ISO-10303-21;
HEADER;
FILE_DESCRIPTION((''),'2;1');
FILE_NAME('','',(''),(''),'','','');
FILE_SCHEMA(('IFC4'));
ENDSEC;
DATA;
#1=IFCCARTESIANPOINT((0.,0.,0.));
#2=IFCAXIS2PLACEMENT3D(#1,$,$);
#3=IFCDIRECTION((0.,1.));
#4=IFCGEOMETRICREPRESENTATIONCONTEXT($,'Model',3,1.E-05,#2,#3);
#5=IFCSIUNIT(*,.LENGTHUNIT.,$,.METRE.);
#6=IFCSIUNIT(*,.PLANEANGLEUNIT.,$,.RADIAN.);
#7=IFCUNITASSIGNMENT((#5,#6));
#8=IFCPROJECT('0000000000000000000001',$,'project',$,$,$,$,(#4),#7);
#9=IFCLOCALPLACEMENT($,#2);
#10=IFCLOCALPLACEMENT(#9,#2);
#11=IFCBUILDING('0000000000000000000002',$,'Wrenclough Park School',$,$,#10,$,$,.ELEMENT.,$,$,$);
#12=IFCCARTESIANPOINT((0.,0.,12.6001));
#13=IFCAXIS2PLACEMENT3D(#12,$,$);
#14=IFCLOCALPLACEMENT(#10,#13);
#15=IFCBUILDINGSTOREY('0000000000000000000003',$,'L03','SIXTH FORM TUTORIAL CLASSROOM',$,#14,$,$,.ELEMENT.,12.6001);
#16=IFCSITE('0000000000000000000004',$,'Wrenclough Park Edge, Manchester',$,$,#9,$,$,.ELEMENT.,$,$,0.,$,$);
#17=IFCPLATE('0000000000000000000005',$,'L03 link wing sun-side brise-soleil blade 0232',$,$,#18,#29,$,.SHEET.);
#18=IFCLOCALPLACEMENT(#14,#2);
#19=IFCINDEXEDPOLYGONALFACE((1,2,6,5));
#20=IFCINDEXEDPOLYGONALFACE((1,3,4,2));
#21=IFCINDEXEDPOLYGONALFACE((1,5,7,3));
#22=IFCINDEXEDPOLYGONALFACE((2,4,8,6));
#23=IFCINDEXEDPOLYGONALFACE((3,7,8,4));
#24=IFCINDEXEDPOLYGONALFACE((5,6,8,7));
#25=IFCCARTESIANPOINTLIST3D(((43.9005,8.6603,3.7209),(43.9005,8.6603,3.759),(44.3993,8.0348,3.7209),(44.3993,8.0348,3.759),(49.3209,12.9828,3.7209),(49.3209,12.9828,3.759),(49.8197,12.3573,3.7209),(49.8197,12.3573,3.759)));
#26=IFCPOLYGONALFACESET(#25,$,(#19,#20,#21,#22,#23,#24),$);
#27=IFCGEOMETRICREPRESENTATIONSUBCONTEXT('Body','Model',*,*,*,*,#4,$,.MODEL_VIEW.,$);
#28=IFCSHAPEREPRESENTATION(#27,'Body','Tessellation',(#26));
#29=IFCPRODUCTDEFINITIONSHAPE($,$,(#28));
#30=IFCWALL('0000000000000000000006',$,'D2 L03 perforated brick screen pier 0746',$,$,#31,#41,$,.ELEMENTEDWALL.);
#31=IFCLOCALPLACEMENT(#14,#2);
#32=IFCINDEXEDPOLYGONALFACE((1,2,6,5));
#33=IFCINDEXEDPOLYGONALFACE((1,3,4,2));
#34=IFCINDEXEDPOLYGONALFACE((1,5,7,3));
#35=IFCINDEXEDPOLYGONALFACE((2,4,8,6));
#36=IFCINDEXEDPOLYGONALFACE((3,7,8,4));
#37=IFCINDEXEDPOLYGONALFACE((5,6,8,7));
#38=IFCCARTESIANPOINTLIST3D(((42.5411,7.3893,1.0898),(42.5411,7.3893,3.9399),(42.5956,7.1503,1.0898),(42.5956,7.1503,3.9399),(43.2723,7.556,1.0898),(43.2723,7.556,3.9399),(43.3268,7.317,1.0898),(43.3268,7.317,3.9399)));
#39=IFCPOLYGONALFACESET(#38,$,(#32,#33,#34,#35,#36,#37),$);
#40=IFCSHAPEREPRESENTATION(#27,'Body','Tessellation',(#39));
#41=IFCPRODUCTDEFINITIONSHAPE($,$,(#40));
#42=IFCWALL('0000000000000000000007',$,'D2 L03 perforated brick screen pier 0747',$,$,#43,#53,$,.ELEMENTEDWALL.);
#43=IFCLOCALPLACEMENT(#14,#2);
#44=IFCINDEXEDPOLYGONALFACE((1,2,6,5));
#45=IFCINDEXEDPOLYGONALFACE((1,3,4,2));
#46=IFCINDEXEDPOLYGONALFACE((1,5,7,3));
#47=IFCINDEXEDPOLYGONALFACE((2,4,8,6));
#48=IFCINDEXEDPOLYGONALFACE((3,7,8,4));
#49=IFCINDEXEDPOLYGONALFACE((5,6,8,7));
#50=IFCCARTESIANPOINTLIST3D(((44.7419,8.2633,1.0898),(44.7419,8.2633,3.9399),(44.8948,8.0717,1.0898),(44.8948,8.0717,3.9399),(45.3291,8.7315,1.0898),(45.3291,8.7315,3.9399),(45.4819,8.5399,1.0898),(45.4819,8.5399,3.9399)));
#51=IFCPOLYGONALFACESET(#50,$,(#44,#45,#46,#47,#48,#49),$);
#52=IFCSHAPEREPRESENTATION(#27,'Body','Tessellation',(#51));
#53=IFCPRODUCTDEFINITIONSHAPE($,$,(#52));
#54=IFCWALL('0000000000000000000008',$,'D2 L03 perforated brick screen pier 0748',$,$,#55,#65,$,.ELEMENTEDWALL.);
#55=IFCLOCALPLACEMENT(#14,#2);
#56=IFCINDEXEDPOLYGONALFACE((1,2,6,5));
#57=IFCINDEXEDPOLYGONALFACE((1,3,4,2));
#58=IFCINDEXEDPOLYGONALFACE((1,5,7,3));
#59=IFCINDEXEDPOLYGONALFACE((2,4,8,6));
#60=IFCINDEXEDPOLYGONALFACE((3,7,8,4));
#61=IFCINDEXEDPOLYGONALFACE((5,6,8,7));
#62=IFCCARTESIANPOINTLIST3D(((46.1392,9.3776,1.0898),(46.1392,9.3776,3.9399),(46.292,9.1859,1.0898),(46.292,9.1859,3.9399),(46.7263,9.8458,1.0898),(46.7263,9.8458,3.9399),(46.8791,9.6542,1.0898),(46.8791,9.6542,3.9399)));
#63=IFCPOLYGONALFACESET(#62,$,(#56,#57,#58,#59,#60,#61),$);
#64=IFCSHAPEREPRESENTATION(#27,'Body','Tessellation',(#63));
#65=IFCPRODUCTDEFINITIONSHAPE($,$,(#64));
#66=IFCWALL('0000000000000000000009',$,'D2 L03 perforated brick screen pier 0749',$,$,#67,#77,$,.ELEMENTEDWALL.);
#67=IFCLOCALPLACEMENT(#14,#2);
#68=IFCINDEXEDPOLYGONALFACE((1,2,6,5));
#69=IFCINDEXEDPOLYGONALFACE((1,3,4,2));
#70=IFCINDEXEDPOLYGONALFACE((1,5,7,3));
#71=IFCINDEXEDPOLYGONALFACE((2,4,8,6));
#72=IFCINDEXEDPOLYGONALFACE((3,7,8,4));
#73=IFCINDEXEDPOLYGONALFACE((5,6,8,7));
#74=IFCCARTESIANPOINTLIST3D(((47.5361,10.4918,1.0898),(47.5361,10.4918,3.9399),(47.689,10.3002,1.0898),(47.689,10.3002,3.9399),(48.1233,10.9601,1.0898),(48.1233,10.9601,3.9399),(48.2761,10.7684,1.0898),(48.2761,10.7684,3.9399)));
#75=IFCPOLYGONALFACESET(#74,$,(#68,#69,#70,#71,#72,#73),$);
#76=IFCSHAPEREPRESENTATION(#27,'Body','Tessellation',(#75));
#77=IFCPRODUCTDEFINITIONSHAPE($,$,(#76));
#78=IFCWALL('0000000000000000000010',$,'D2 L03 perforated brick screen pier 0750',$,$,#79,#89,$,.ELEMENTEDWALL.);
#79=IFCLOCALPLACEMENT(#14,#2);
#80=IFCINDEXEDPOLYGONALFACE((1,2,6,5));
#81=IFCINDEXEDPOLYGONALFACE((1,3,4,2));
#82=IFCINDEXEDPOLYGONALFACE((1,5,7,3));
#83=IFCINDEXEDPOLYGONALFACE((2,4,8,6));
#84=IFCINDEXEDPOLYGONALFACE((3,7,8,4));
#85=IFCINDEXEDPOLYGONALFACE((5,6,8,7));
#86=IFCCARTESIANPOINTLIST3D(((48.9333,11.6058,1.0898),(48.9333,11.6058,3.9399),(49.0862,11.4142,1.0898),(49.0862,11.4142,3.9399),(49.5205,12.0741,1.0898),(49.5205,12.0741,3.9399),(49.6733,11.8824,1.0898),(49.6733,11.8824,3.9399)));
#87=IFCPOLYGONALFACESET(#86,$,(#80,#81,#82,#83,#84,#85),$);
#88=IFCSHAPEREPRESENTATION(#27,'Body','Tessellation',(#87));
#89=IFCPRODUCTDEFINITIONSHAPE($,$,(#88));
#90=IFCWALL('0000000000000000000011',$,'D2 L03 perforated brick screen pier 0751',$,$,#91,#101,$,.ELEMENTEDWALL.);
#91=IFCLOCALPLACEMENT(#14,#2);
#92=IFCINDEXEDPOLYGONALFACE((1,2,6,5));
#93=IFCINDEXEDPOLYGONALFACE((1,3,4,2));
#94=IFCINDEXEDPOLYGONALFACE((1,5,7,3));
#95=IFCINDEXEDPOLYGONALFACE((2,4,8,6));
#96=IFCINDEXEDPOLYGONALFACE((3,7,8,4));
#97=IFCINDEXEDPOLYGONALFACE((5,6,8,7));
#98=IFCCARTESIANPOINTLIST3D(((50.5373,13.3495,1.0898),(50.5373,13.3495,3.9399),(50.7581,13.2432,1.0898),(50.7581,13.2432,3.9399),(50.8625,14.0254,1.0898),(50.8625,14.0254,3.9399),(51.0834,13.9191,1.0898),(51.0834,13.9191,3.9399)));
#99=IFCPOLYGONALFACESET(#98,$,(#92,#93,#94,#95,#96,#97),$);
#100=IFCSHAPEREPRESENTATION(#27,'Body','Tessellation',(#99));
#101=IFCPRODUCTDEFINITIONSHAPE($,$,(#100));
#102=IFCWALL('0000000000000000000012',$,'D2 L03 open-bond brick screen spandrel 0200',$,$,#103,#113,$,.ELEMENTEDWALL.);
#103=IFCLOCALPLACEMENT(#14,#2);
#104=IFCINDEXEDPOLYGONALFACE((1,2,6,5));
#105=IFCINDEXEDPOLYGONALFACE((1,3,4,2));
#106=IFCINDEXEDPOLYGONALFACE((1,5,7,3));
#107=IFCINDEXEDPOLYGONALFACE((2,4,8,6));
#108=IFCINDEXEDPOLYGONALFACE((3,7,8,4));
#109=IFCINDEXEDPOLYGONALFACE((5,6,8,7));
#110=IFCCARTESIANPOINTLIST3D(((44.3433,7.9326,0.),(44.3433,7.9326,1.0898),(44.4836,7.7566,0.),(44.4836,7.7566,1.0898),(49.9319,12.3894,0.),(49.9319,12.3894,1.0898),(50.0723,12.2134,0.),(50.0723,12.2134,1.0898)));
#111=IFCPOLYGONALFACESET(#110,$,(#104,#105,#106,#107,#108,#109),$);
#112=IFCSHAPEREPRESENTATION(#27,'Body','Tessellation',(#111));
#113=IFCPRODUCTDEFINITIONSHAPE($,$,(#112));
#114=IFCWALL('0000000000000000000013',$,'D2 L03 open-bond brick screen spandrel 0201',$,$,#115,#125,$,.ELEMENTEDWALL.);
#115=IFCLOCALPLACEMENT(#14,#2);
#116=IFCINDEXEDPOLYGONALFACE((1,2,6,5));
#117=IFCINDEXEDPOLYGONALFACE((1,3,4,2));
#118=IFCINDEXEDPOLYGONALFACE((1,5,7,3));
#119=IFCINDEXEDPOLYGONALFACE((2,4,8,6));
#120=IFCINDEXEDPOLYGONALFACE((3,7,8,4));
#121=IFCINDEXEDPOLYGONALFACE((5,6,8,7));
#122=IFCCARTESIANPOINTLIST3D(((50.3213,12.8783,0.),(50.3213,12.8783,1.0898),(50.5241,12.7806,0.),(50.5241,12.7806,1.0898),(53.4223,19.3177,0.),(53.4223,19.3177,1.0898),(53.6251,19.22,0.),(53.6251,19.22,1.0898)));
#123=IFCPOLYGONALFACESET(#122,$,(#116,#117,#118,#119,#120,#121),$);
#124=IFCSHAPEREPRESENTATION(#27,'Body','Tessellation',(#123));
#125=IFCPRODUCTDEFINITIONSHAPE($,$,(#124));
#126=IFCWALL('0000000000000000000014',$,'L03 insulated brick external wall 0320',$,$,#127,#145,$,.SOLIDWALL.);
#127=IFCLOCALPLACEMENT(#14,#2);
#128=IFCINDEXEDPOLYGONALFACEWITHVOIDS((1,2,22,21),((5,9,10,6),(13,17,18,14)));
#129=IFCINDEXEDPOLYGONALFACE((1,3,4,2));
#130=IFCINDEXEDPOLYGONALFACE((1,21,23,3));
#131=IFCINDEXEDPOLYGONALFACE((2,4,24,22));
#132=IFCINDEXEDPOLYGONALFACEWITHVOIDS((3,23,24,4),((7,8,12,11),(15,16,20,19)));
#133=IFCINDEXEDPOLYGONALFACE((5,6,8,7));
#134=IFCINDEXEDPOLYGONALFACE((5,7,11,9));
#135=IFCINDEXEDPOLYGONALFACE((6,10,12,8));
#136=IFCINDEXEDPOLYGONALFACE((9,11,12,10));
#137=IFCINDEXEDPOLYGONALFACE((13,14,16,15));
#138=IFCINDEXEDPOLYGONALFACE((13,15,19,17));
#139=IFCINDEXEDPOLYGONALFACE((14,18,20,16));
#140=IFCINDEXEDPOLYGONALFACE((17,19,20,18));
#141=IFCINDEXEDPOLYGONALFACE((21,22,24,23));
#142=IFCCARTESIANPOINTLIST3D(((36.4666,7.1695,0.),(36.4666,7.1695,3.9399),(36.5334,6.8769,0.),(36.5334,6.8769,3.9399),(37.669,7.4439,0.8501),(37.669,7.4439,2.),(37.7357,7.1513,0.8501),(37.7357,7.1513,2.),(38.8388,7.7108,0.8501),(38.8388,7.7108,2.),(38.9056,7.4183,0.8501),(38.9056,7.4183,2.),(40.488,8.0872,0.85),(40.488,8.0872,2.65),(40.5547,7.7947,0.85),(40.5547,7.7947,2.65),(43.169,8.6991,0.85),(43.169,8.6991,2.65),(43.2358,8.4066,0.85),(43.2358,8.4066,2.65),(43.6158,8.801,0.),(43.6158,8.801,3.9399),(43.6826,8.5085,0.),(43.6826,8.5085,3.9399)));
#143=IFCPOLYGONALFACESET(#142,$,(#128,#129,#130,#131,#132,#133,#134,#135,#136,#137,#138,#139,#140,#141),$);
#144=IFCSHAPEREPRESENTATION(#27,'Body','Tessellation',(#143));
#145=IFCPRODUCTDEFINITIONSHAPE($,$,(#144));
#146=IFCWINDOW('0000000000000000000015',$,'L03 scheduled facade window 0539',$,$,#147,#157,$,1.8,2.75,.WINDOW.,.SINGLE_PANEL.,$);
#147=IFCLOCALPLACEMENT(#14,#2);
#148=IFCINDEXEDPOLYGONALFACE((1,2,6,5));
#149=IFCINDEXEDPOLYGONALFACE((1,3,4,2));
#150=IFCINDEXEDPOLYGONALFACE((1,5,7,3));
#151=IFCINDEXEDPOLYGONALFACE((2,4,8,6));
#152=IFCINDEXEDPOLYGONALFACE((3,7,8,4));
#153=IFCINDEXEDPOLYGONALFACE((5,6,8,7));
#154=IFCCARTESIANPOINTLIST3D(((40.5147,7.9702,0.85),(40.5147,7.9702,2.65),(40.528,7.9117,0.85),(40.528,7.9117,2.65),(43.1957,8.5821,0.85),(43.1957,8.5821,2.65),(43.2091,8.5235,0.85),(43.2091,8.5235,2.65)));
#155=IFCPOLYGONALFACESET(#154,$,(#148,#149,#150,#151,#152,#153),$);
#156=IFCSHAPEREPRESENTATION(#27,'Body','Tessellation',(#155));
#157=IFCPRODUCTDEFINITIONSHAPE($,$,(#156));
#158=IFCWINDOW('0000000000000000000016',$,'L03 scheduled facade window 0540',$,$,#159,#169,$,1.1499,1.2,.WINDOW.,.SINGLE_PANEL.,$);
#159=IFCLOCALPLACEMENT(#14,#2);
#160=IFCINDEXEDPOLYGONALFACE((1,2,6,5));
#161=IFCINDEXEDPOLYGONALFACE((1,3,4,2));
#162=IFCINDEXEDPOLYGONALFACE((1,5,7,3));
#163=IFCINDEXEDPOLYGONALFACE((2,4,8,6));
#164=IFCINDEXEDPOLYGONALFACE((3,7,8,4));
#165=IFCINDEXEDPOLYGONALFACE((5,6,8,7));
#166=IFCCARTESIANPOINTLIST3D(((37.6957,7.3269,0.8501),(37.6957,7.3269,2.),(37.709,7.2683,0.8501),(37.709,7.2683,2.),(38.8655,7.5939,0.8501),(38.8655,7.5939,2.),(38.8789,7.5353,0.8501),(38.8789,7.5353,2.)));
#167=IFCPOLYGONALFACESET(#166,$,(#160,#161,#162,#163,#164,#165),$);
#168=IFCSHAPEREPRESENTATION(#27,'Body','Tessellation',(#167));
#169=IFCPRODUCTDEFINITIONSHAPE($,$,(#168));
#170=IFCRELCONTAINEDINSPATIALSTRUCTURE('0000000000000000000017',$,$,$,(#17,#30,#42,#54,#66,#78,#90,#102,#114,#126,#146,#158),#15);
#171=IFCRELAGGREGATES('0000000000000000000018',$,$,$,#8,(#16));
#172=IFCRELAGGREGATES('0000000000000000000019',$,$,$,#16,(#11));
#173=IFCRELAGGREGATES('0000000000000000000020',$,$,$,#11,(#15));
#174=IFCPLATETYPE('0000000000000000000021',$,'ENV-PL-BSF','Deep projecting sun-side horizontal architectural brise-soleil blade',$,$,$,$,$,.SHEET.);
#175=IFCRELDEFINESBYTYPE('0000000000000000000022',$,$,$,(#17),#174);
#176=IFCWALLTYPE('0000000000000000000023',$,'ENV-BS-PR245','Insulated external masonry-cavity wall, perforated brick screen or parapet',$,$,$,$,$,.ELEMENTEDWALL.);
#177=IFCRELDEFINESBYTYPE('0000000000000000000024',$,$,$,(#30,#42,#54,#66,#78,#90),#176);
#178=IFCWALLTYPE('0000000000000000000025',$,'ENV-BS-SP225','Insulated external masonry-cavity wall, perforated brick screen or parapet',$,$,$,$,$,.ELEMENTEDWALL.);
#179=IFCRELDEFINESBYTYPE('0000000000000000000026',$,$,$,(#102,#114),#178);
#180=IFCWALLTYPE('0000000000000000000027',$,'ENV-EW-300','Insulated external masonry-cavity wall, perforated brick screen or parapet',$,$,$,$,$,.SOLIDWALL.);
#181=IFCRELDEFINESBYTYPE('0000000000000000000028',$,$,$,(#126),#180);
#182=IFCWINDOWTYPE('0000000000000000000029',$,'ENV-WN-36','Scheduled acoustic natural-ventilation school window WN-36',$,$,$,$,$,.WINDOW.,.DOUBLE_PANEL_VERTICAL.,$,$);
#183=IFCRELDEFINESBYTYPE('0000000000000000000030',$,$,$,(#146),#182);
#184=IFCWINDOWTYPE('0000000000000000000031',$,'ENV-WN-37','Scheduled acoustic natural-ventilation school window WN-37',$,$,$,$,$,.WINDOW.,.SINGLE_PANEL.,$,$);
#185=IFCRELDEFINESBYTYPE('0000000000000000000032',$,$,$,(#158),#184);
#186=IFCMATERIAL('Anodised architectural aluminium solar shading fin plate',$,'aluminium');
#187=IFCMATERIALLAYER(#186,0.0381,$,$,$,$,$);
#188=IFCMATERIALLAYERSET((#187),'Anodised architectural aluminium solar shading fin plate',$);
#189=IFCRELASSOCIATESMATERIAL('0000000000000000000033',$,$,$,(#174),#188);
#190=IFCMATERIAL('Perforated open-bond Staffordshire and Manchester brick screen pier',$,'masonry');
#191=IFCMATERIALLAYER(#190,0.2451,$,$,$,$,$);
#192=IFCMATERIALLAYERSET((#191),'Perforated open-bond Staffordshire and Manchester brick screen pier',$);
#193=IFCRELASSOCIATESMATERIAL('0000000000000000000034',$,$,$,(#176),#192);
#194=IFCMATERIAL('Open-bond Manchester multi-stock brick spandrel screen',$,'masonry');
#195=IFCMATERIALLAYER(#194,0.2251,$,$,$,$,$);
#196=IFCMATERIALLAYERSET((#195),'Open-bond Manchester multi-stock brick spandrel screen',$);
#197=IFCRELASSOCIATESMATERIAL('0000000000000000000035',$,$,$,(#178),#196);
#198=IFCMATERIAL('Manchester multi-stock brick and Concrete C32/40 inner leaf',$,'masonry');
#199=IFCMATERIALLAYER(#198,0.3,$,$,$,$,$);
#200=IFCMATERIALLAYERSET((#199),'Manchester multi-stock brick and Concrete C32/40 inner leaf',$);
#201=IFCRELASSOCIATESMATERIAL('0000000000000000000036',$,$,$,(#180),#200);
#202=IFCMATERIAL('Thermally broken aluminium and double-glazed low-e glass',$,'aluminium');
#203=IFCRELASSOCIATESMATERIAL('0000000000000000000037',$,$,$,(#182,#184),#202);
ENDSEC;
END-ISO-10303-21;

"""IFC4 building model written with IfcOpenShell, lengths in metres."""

from ifc_helpers import new_model, si_unit, direction, frame, frame_2d, origin, origin_2d, place, context, subcontext, project, spatial, rectangle, extrude, material, layer, layer_set, type_object, element, fill, save


model = new_model("IFC4")

# Units and contexts
model_context = context("Model", 3, precision=1e-05, world=origin(), true_north=direction((0.0, 1.0)))
body_context = subcontext(model_context, "Body", "Model", "MODEL_VIEW")
ifc_project = project(units=[si_unit("LENGTHUNIT", "METRE"), si_unit("PLANEANGLEUNIT", "RADIAN")], contexts=[model_context])

# Site, building, storey
site_placement = place(None, origin())
site = spatial("IfcSite", under=ifc_project, at=site_placement, Name="Wrenclough Park Edge, Manchester", CompositionType="ELEMENT", RefElevation=0.0)
building_placement = place(site_placement, origin())
building = spatial("IfcBuilding", under=site, at=building_placement, Name="Wrenclough Park School", CompositionType="ELEMENT")
storey_placement = place(building_placement, frame((0.0, 0.0, 12.6001)))
storey = spatial("IfcBuildingStorey", under=building, at=storey_placement, Name="L03", Description="SIXTH FORM TUTORIAL CLASSROOM", CompositionType="ELEMENT", Elevation=12.6001)

# Plate
ifc_material_1 = material(Name="Anodised architectural aluminium solar shading fin plate", Category="aluminium")
ifc_layer_1 = layer(ifc_material_1, 0.0381)
ifc_layer_set_1 = layer_set([ifc_layer_1], Name="Anodised architectural aluminium solar shading fin plate")
plate_type = type_object("IfcPlateType", Name="ENV-PL-BSF", Description="Deep projecting sun-side horizontal architectural brise-soleil blade", PredefinedType="SHEET", material=ifc_layer_set_1)
plate_1_placement = place(storey_placement, frame((46.8601, 10.5088, 3.7209), z_axis=(0.0, 0.0, 1.0), x_axis=(-0.781832, -0.623489, 0.0)))
element("IfcPlate", 1, at=plate_1_placement, inside=storey, type_object=plate_type, Name="L03 link wing sun-side brise-soleil blade 0232", PredefinedType="SHEET", context=body_context, shape_type="SweptSolid", body=[
    extrude(rectangle(XDim=6.9329, YDim=0.8, at=origin_2d()), origin(), (0.0, 0.0, 1.0), 0.0381),
])

# Walls
ifc_material_2 = material(Name="Perforated open-bond Staffordshire and Manchester brick screen pier", Category="masonry")
ifc_layer_2 = layer(ifc_material_2, 0.2451)
ifc_layer_set_2 = layer_set([ifc_layer_2], Name="Perforated open-bond Staffordshire and Manchester brick screen pier")
wall_type_1 = type_object("IfcWallType", Name="ENV-BS-PR245", Description="Insulated external masonry-cavity wall, perforated brick screen or parapet", PredefinedType="ELEMENTEDWALL", material=ifc_layer_set_2)
wall_1_placement = place(storey_placement, frame((42.5684, 7.2698, 1.0898), z_axis=(0.0, 0.0, 1.0), x_axis=(0.97497, 0.222339, 0.0)))
element("IfcWall", 2, at=wall_1_placement, inside=storey, type_object=wall_type_1, Name="D2 L03 perforated brick screen pier 0746", PredefinedType="ELEMENTEDWALL", context=body_context, shape_type="SweptSolid", body=[
    extrude(rectangle(XDim=0.75, YDim=0.2451, at=frame_2d((0.375, 0.0))), origin(), (0.0, 0.0, 1.0), 2.8501),
])
for number, where, z_axis, x_axis, name in (
    (3, (44.8184, 8.1675, 1.0898), (0.0, 0.0, 1.0), (0.781819, 0.623505, 0.0), "D2 L03 perforated brick screen pier 0747"),
    (4, (46.2156, 9.2817, 1.0898), (0.0, 0.0, 1.0), (0.781819, 0.623505, 0.0), "D2 L03 perforated brick screen pier 0748"),
    (5, (47.6125, 10.396, 1.0898), (0.0, 0.0, 1.0), (0.781819, 0.623505, 0.0), "D2 L03 perforated brick screen pier 0749"),
    (6, (49.0098, 11.51, 1.0898), (0.0, 0.0, 1.0), (0.781819, 0.623505, 0.0), "D2 L03 perforated brick screen pier 0750"),
):
    element("IfcWall", number, at=place(storey_placement, frame(where, z_axis=z_axis, x_axis=x_axis)), inside=storey, type_object=wall_type_1, Name=name, PredefinedType="ELEMENTEDWALL", context=body_context, shape_type="SweptSolid", body=[
        extrude(rectangle(XDim=0.751, YDim=0.2451, at=frame_2d((0.3755, 0.0))), origin(), (0.0, 0.0, 1.0), 2.8501),
    ])
wall_2_placement = place(storey_placement, frame((50.6477, 13.2964, 1.0898), z_axis=(0.0, 0.0, 1.0), x_axis=(0.43362, 0.901096, 0.0)))
element("IfcWall", 7, at=wall_2_placement, inside=storey, type_object=wall_type_1, Name="D2 L03 perforated brick screen pier 0751", PredefinedType="ELEMENTEDWALL", context=body_context, shape_type="SweptSolid", body=[
    extrude(rectangle(XDim=0.75, YDim=0.2451, at=frame_2d((0.375, 0.0))), origin(), (0.0, 0.0, 1.0), 2.8501),
])
ifc_material_3 = material(Name="Open-bond Manchester multi-stock brick spandrel screen", Category="masonry")
ifc_layer_3 = layer(ifc_material_3, 0.2251)
ifc_layer_set_3 = layer_set([ifc_layer_3], Name="Open-bond Manchester multi-stock brick spandrel screen")
wall_type_2 = type_object("IfcWallType", Name="ENV-BS-SP225", Description="Insulated external masonry-cavity wall, perforated brick screen or parapet", PredefinedType="ELEMENTEDWALL", material=ifc_layer_set_3)
wall_3_placement = place(storey_placement, frame((44.4133, 7.8445, 0.0), z_axis=(0.0, 0.0, 1.0), x_axis=(0.781831, 0.623491, 0.0)))
element("IfcWall", 8, at=wall_3_placement, inside=storey, type_object=wall_type_2, Name="D2 L03 open-bond brick screen spandrel 0200", PredefinedType="ELEMENTEDWALL", context=body_context, shape_type="SweptSolid", body=[
    extrude(rectangle(XDim=7.1482, YDim=0.2251, at=frame_2d((3.5742, 0.0))), origin(), (0.0, 0.0, 1.0), 1.0898),
])
wall_4_placement = place(storey_placement, frame((50.4226, 12.8293, 0.0), z_axis=(0.0, 0.0, 1.0), x_axis=(0.433883, 0.900969, 0.0)))
element("IfcWall", 9, at=wall_4_placement, inside=storey, type_object=wall_type_2, Name="D2 L03 open-bond brick screen spandrel 0201", PredefinedType="ELEMENTEDWALL", context=body_context, shape_type="SweptSolid", body=[
    extrude(rectangle(XDim=7.1472, YDim=0.2251, at=frame_2d((3.5737, 0.0))), origin(), (0.0, 0.0, 1.0), 1.0898),
])

# Wall, openings, windows
ifc_material_4 = material(Name="Manchester multi-stock brick and Concrete C32/40 inner leaf", Category="masonry")
ifc_layer_4 = layer(ifc_material_4, 0.3)
ifc_layer_set_4 = layer_set([ifc_layer_4], Name="Manchester multi-stock brick and Concrete C32/40 inner leaf")
wall_type_3 = type_object("IfcWallType", Name="ENV-EW-300", Description="Insulated external masonry-cavity wall, perforated brick screen or parapet", PredefinedType="SOLIDWALL", material=ifc_layer_set_4)
wall_5_placement = place(storey_placement, frame((43.6492, 8.6548, 0.0), z_axis=(0.0, 0.0, 1.0), x_axis=(-0.974933, -0.2225, 0.0)))
wall_5 = element("IfcWall", 10, at=wall_5_placement, inside=storey, type_object=wall_type_3, Name="L03 insulated brick external wall 0320", PredefinedType="SOLIDWALL", context=body_context, shape_type="SweptSolid", body=[
    extrude(rectangle(XDim=7.333, YDim=0.3, at=frame_2d((3.6665, 0.0))), origin(), (0.0, 0.0, 1.0), 3.9399),
])
opening_1_placement = place(wall_5_placement, frame((0.4583, 0.0, 0.8501)))
opening_1 = element("IfcOpeningElement", 11, at=opening_1_placement, cuts=wall_5, PredefinedType="OPENING", context=body_context, shape_type="SweptSolid", body=[
    extrude(rectangle(XDim=2.75, YDim=1.8, at=frame_2d((1.375, 0.8999))), frame((0.0, 0.1599, 0.0), z_axis=(0.0, -1.0, 0.0), x_axis=(1.0, 0.0, 0.0)), (0.0, 0.0, 1.0), 0.3201),
])
opening_2_placement = place(wall_5_placement, frame((4.8997, 0.0, 0.8501)))
opening_2 = element("IfcOpeningElement", 12, at=opening_2_placement, cuts=wall_5, PredefinedType="OPENING", context=body_context, shape_type="SweptSolid", body=[
    extrude(rectangle(XDim=1.2, YDim=1.1499, at=frame_2d((0.6001, 0.575))), frame((0.0, 0.1599, 0.0), z_axis=(0.0, -1.0, 0.0), x_axis=(1.0, 0.0, 0.0)), (0.0, 0.0, 1.0), 0.3201),
])
ifc_material_5 = material(Name="Thermally broken aluminium and double-glazed low-e glass", Category="aluminium")
window_type_1 = type_object("IfcWindowType", Name="ENV-WN-36", Description="Scheduled acoustic natural-ventilation school window WN-36", PartitioningType="DOUBLE_PANEL_VERTICAL", PredefinedType="WINDOW", material=ifc_material_5)
window_1_placement = place(opening_1_placement, origin())
window_1 = element("IfcWindow", 13, at=window_1_placement, inside=storey, type_object=window_type_1, Name="L03 scheduled facade window 0539", OverallHeight=1.8, OverallWidth=2.75, PartitioningType="SINGLE_PANEL", PredefinedType="WINDOW", context=body_context, shape_type="SweptSolid", body=[
    extrude(rectangle(XDim=2.75, YDim=1.8, at=frame_2d((1.375, 0.8999))), frame((0.0, 0.03, 0.0), z_axis=(0.0, -1.0, 0.0), x_axis=(1.0, 0.0, 0.0)), (0.0, 0.0, 1.0), 0.0601),
])
fill(opening_1, window_1)
window_type_2 = type_object("IfcWindowType", Name="ENV-WN-37", Description="Scheduled acoustic natural-ventilation school window WN-37", PartitioningType="SINGLE_PANEL", PredefinedType="WINDOW", material=ifc_material_5)
window_2_placement = place(opening_2_placement, origin())
window_2 = element("IfcWindow", 14, at=window_2_placement, inside=storey, type_object=window_type_2, Name="L03 scheduled facade window 0540", OverallHeight=1.1499, OverallWidth=1.2, PartitioningType="SINGLE_PANEL", PredefinedType="WINDOW", context=body_context, shape_type="SweptSolid", body=[
    extrude(rectangle(XDim=1.2, YDim=1.1499, at=frame_2d((0.6001, 0.575))), frame((0.0, 0.03, 0.0), z_axis=(0.0, -1.0, 0.0), x_axis=(1.0, 0.0, 0.0)), (0.0, 0.0, 1.0), 0.0601),
])
fill(opening_2, window_2)

save(model, "model.ifc")
